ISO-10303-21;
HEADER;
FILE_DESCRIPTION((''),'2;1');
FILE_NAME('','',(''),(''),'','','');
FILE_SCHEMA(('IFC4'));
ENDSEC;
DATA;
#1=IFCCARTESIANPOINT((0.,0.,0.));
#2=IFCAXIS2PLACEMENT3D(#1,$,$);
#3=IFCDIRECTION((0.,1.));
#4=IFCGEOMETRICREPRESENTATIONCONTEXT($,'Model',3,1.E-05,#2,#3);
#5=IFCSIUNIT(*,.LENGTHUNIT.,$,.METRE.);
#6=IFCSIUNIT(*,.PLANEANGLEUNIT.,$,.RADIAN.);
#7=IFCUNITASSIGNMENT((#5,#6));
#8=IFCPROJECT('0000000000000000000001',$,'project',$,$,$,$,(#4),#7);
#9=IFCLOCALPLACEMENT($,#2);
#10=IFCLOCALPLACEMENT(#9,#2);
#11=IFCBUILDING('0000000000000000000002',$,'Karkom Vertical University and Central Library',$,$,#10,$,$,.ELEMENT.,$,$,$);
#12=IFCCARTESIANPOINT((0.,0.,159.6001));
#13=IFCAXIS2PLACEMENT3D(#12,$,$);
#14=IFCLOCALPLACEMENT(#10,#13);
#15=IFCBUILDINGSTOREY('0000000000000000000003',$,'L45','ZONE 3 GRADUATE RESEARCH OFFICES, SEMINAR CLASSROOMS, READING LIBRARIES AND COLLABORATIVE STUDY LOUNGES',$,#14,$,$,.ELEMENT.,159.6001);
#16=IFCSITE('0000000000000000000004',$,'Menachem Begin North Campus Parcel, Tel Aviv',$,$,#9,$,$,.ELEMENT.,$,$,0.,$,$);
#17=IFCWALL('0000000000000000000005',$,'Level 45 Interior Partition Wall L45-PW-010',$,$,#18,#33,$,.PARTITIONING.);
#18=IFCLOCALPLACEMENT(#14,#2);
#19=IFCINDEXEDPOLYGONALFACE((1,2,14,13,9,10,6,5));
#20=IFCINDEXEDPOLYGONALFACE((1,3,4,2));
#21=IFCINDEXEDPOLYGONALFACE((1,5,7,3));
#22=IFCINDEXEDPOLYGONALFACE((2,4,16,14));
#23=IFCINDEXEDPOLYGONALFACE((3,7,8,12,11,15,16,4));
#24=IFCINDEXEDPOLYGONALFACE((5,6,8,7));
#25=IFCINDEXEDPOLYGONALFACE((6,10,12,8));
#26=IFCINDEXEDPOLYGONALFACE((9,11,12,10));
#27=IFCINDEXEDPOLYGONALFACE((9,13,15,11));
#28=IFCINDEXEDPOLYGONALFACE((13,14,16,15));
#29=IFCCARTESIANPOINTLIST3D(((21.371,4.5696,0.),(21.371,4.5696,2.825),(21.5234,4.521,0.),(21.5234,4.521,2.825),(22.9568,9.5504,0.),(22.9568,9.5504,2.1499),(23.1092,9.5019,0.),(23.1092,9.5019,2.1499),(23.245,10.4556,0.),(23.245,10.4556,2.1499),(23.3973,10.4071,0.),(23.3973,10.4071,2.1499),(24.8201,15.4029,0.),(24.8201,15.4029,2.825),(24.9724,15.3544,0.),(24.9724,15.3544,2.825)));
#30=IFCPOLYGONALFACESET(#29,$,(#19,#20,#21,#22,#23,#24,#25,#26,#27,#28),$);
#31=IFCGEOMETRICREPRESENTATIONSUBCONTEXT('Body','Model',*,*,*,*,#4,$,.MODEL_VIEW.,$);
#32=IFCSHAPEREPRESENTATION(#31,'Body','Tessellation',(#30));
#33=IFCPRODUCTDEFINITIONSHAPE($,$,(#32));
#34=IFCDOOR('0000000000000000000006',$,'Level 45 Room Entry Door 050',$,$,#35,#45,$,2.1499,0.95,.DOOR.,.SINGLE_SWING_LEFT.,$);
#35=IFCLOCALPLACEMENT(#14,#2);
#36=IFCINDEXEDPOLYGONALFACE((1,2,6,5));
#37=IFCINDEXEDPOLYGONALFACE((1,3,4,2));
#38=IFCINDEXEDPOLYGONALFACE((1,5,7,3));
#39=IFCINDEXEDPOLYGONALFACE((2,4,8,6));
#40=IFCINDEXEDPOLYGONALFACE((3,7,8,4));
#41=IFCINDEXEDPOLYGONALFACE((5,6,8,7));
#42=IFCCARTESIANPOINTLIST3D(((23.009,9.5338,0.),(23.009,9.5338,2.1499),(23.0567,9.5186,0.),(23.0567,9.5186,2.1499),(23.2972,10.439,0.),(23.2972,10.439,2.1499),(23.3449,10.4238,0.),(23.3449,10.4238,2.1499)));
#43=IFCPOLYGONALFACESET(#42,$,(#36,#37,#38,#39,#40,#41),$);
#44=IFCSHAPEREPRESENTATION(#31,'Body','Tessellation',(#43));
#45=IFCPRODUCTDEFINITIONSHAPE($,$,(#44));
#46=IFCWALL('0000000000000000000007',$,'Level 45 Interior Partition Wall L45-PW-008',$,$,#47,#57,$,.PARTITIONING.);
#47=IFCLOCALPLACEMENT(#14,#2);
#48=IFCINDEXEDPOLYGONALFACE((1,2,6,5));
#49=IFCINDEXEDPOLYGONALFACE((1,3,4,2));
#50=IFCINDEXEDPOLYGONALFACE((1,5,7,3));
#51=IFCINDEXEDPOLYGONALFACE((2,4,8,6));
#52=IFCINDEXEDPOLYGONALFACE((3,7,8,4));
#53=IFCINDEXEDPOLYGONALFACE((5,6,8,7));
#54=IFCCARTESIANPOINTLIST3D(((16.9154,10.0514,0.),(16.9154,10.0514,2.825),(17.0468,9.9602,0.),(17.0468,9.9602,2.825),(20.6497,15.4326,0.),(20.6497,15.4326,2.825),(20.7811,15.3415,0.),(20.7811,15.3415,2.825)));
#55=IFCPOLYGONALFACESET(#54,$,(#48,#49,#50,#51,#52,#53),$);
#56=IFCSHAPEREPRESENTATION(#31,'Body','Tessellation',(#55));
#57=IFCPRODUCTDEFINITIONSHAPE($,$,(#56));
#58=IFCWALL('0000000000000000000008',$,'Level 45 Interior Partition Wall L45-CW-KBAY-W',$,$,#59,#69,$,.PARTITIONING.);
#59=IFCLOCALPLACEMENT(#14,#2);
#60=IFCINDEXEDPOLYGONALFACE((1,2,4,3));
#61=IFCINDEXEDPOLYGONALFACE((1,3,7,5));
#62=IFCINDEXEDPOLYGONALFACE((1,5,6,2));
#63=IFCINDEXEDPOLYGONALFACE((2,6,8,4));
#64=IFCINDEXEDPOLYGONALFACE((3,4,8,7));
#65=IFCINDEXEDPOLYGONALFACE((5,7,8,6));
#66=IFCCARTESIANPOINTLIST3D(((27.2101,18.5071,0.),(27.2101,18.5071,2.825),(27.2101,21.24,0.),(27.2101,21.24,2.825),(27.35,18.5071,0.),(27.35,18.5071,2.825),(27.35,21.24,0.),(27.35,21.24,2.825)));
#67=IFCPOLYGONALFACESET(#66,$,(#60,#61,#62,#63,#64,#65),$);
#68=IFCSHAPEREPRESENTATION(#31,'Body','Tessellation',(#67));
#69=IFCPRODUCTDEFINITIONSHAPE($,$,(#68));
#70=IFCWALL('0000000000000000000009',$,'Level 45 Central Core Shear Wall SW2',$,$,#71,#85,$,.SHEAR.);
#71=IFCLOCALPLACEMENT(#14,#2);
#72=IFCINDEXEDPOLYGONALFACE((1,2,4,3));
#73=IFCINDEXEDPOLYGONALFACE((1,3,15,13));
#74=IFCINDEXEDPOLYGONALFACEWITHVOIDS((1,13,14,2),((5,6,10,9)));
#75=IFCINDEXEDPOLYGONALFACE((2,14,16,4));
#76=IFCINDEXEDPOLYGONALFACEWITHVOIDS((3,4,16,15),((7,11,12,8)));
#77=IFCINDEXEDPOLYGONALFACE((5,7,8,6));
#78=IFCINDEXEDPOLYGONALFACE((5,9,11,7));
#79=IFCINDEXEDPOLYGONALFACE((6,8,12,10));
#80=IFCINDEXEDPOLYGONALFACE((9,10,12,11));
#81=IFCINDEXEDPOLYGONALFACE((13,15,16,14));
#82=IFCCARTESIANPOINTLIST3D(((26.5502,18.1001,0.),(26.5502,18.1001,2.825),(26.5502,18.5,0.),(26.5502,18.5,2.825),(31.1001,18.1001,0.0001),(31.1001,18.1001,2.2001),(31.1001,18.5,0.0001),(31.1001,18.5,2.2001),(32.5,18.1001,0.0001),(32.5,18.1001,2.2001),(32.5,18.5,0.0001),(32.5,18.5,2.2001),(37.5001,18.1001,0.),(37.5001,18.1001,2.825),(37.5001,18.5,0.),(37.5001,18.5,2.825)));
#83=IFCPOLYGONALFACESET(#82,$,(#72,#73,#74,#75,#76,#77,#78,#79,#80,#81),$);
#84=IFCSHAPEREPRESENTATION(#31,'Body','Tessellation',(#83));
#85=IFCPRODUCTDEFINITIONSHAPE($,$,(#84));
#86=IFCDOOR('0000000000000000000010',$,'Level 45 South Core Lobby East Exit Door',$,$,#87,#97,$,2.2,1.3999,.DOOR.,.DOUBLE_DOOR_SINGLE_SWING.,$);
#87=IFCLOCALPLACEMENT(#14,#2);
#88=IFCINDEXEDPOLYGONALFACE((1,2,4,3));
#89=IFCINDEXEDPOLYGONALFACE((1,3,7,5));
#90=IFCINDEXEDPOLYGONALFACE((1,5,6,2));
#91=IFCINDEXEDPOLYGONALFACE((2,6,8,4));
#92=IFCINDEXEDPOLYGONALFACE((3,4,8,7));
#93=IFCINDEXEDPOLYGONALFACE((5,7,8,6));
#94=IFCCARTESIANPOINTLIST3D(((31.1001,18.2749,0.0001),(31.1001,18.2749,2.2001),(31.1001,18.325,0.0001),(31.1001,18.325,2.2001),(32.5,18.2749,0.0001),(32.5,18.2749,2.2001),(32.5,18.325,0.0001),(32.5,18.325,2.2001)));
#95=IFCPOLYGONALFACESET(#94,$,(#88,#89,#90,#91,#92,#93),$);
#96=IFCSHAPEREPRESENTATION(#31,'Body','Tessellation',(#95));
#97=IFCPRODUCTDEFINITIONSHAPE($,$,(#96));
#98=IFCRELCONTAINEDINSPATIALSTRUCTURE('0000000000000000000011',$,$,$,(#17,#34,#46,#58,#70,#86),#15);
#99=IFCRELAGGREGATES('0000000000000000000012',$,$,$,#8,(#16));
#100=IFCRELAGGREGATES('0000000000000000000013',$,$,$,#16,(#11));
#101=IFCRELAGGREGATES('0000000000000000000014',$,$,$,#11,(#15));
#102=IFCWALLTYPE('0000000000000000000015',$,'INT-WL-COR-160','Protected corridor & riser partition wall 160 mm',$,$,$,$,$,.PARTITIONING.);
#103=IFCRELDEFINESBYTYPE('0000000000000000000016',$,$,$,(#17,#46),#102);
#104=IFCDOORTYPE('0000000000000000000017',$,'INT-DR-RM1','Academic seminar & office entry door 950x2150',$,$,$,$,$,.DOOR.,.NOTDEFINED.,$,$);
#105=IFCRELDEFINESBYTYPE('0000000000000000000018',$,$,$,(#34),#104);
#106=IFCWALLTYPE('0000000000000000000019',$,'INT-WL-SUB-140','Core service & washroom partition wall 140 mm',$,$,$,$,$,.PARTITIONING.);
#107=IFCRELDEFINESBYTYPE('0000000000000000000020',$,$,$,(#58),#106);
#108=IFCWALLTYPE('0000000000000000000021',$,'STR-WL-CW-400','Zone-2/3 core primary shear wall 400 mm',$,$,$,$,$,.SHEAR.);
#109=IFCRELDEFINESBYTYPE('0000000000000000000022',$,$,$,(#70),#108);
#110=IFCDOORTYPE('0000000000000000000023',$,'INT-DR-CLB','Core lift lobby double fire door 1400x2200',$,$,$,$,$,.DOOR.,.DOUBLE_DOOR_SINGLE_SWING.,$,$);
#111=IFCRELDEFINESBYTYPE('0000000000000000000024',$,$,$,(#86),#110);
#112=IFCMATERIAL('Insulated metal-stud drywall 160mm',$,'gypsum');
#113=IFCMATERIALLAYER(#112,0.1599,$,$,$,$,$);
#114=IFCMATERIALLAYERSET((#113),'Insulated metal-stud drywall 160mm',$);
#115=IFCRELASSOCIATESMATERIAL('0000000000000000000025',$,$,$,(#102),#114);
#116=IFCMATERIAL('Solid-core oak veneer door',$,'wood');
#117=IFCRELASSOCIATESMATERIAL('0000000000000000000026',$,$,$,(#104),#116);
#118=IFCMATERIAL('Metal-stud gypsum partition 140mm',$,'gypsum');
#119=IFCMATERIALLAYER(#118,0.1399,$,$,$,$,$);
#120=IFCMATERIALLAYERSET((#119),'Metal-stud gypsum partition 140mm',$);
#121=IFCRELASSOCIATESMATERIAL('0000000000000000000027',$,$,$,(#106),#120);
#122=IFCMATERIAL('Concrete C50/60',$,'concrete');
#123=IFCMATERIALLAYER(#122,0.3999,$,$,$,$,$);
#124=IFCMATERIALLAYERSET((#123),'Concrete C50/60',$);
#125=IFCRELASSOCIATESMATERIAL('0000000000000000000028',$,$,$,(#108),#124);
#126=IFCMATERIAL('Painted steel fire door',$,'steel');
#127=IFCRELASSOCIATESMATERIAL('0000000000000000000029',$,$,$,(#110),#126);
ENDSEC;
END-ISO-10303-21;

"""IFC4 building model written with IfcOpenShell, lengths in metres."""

from ifc_helpers import new_model, si_unit, direction, frame, frame_2d, origin, origin_with_axes, place, context, subcontext, project, spatial, rectangle, extrude, source, transform, mapped, material, layer, layer_set, type_object, element, fill, save


model = new_model("IFC4")

# Units and contexts
model_context = context("Model", 3, precision=1e-05, world=origin(), true_north=direction((0.0, 1.0)))
body_context = subcontext(model_context, "Body", "Model", "MODEL_VIEW")
ifc_project = project(units=[si_unit("LENGTHUNIT", "METRE"), si_unit("PLANEANGLEUNIT", "RADIAN")], contexts=[model_context])

# Site, building, storey
site_placement = place(None, origin())
site = spatial("IfcSite", under=ifc_project, at=site_placement, Name="Menachem Begin North Campus Parcel, Tel Aviv", CompositionType="ELEMENT", RefElevation=0.0)
building_placement = place(site_placement, origin())
building = spatial("IfcBuilding", under=site, at=building_placement, Name="Karkom Vertical University and Central Library", CompositionType="ELEMENT")
storey_placement = place(building_placement, frame((0.0, 0.0, 159.6001)))
storey = spatial("IfcBuildingStorey", under=building, at=storey_placement, Name="L45", Description="ZONE 3 GRADUATE RESEARCH OFFICES, SEMINAR CLASSROOMS, READING LIBRARIES AND COLLABORATIVE STUDY LOUNGES", CompositionType="ELEMENT", Elevation=159.6001)

# Shared definitions
ifc_material_1 = material(Name="Concrete C50/60", Category="concrete")

# Shared definitions
ifc_material_2 = material(Name="Insulated metal-stud drywall 160mm", Category="gypsum")
ifc_layer_1 = layer(ifc_material_2, 0.1599)
ifc_layer_set_1 = layer_set([ifc_layer_1], Name="Insulated metal-stud drywall 160mm")
wall_type_1 = type_object("IfcWallType", Name="INT-WL-COR-160", Description="Protected corridor & riser partition wall 160 mm", PredefinedType="PARTITIONING", material=ifc_layer_set_1)

# Wall, opening, door
wall_1_placement = place(storey_placement, frame((24.8962, 15.3787, 0.0), z_axis=(0.0, 0.0, 1.0), x_axis=(-0.303366, -0.952874, 0.0)))
wall_1 = element("IfcWall", 1, at=wall_1_placement, inside=storey, type_object=wall_type_1, Name="Level 45 Interior Partition Wall L45-PW-010", PredefinedType="PARTITIONING", context=body_context, shape_type="SweptSolid", body=[
    extrude(rectangle(XDim=11.3691, YDim=0.1599, at=frame_2d((5.6846, 0.0))), origin(), (0.0, 0.0, 1.0), 2.825),
])
opening_1_placement = place(wall_1_placement, frame((5.1919, 0.0, 0.0)))
opening_1 = element("IfcOpeningElement", 2, at=opening_1_placement, cuts=wall_1, PredefinedType="OPENING", context=body_context, shape_type="SweptSolid", body=[
    extrude(rectangle(XDim=0.95, YDim=2.1499, at=frame_2d((0.4751, 1.075))), frame((0.0, 0.0898, 0.0), z_axis=(0.0, -1.0, 0.0), x_axis=(1.0, 0.0, 0.0)), (0.0, 0.0, 1.0), 0.1799),
])
ifc_material_3 = material(Name="Solid-core oak veneer door", Category="wood")
door_type_1 = type_object("IfcDoorType", Name="INT-DR-RM1", Description="Academic seminar & office entry door 950x2150", OperationType="NOTDEFINED", PredefinedType="DOOR", material=ifc_material_3)
shared_shape_1 = source(origin_with_axes(), body_context, "Body", "SweptSolid", [
    extrude(rectangle(XDim=0.95, YDim=2.1499, at=frame_2d((0.4751, 1.075))), frame((0.0, 0.0249, 0.0), z_axis=(0.0, -1.0, 0.0), x_axis=(1.0, 0.0, 0.0)), (0.0, 0.0, 1.0), 0.05),
])
door_1_placement = place(opening_1_placement, origin())
door_1 = element("IfcDoor", 3, at=door_1_placement, inside=storey, type_object=door_type_1, Name="Level 45 Room Entry Door 050", OperationType="SINGLE_SWING_LEFT", OverallHeight=2.1499, OverallWidth=0.95, PredefinedType="DOOR", context=body_context, shape_type="MappedRepresentation", body=[
    mapped(shared_shape_1, transform((0.0, 0.0, 0.0), scale=1.0)),
])
fill(opening_1, door_1)

# Walls
wall_2_placement = place(storey_placement, frame((20.7153, 15.387, 0.0), z_axis=(0.0, 0.0, 1.0), x_axis=(-0.570121, -0.821561, 0.0)))
element("IfcWall", 4, at=wall_2_placement, inside=storey, type_object=wall_type_1, Name="Level 45 Interior Partition Wall L45-PW-008", PredefinedType="PARTITIONING", context=body_context, shape_type="SweptSolid", body=[
    extrude(rectangle(XDim=6.55, YDim=0.1599, at=frame_2d((3.2749, 0.0))), origin(), (0.0, 0.0, 1.0), 2.825),
])
ifc_material_4 = material(Name="Metal-stud gypsum partition 140mm", Category="gypsum")
ifc_layer_2 = layer(ifc_material_4, 0.1399)
ifc_layer_set_2 = layer_set([ifc_layer_2], Name="Metal-stud gypsum partition 140mm")
wall_type_2 = type_object("IfcWallType", Name="INT-WL-SUB-140", Description="Core service & washroom partition wall 140 mm", PredefinedType="PARTITIONING", material=ifc_layer_set_2)
wall_3_placement = place(storey_placement, frame((27.28, 18.5071, 0.0), z_axis=(0.0, 0.0, 1.0), x_axis=(0.0, 1.0, 0.0)))
element("IfcWall", 5, at=wall_3_placement, inside=storey, type_object=wall_type_2, Name="Level 45 Interior Partition Wall L45-CW-KBAY-W", PredefinedType="PARTITIONING", context=body_context, shape_type="SweptSolid", body=[
    extrude(rectangle(XDim=2.7329, YDim=0.1399, at=frame_2d((1.3665, 0.0))), origin(), (0.0, 0.0, 1.0), 2.825),
])

# Wall, opening, door
ifc_layer_3 = layer(ifc_material_1, 0.3999)
ifc_layer_set_3 = layer_set([ifc_layer_3], Name="Concrete C50/60")
wall_type_3 = type_object("IfcWallType", Name="STR-WL-CW-400", Description="Zone-2/3 core primary shear wall 400 mm", PredefinedType="SHEAR", material=ifc_layer_set_3)
wall_4_placement = place(storey_placement, frame((26.55, 18.3, 0.0), z_axis=(0.0, 0.0, 1.0), x_axis=(1.0, 0.0, 0.0)))
wall_4 = element("IfcWall", 6, at=wall_4_placement, inside=storey, type_object=wall_type_3, Name="Level 45 Central Core Shear Wall SW2", PredefinedType="SHEAR", context=body_context, shape_type="SweptSolid", body=[
    extrude(rectangle(XDim=10.95, YDim=0.3999, at=frame_2d((5.4751, 0.0))), origin(), (0.0, 0.0, 1.0), 2.825),
])
opening_2_placement = place(wall_4_placement, frame((4.55, 0.0, 0.0)))
opening_2 = element("IfcOpeningElement", 7, at=opening_2_placement, cuts=wall_4, PredefinedType="OPENING", context=body_context, shape_type="SweptSolid", body=[
    extrude(rectangle(XDim=1.3999, YDim=2.2, at=frame_2d((0.7, 1.1001))), frame((0.0, 0.21, 0.0), z_axis=(0.0, -1.0, 0.0), x_axis=(1.0, 0.0, 0.0)), (0.0, 0.0, 1.0), 0.4199),
])
ifc_material_5 = material(Name="Painted steel fire door", Category="steel")
door_type_2 = type_object("IfcDoorType", Name="INT-DR-CLB", Description="Core lift lobby double fire door 1400x2200", OperationType="DOUBLE_DOOR_SINGLE_SWING", PredefinedType="DOOR", material=ifc_material_5)
shared_shape_2 = source(origin_with_axes(), body_context, "Body", "SweptSolid", [
    extrude(rectangle(XDim=1.3999, YDim=2.2, at=frame_2d((0.7, 1.1001))), frame((0.0, 0.0249, 0.0), z_axis=(0.0, -1.0, 0.0), x_axis=(1.0, 0.0, 0.0)), (0.0, 0.0, 1.0), 0.05),
])
door_2_placement = place(opening_2_placement, origin())
door_2 = element("IfcDoor", 8, at=door_2_placement, inside=storey, type_object=door_type_2, Name="Level 45 South Core Lobby East Exit Door", OperationType="DOUBLE_DOOR_SINGLE_SWING", OverallHeight=2.2, OverallWidth=1.3999, PredefinedType="DOOR", context=body_context, shape_type="MappedRepresentation", body=[
    mapped(shared_shape_2, transform((0.0, 0.0, 0.0), scale=1.0)),
])
fill(opening_2, door_2)

save(model, "model.ifc")
